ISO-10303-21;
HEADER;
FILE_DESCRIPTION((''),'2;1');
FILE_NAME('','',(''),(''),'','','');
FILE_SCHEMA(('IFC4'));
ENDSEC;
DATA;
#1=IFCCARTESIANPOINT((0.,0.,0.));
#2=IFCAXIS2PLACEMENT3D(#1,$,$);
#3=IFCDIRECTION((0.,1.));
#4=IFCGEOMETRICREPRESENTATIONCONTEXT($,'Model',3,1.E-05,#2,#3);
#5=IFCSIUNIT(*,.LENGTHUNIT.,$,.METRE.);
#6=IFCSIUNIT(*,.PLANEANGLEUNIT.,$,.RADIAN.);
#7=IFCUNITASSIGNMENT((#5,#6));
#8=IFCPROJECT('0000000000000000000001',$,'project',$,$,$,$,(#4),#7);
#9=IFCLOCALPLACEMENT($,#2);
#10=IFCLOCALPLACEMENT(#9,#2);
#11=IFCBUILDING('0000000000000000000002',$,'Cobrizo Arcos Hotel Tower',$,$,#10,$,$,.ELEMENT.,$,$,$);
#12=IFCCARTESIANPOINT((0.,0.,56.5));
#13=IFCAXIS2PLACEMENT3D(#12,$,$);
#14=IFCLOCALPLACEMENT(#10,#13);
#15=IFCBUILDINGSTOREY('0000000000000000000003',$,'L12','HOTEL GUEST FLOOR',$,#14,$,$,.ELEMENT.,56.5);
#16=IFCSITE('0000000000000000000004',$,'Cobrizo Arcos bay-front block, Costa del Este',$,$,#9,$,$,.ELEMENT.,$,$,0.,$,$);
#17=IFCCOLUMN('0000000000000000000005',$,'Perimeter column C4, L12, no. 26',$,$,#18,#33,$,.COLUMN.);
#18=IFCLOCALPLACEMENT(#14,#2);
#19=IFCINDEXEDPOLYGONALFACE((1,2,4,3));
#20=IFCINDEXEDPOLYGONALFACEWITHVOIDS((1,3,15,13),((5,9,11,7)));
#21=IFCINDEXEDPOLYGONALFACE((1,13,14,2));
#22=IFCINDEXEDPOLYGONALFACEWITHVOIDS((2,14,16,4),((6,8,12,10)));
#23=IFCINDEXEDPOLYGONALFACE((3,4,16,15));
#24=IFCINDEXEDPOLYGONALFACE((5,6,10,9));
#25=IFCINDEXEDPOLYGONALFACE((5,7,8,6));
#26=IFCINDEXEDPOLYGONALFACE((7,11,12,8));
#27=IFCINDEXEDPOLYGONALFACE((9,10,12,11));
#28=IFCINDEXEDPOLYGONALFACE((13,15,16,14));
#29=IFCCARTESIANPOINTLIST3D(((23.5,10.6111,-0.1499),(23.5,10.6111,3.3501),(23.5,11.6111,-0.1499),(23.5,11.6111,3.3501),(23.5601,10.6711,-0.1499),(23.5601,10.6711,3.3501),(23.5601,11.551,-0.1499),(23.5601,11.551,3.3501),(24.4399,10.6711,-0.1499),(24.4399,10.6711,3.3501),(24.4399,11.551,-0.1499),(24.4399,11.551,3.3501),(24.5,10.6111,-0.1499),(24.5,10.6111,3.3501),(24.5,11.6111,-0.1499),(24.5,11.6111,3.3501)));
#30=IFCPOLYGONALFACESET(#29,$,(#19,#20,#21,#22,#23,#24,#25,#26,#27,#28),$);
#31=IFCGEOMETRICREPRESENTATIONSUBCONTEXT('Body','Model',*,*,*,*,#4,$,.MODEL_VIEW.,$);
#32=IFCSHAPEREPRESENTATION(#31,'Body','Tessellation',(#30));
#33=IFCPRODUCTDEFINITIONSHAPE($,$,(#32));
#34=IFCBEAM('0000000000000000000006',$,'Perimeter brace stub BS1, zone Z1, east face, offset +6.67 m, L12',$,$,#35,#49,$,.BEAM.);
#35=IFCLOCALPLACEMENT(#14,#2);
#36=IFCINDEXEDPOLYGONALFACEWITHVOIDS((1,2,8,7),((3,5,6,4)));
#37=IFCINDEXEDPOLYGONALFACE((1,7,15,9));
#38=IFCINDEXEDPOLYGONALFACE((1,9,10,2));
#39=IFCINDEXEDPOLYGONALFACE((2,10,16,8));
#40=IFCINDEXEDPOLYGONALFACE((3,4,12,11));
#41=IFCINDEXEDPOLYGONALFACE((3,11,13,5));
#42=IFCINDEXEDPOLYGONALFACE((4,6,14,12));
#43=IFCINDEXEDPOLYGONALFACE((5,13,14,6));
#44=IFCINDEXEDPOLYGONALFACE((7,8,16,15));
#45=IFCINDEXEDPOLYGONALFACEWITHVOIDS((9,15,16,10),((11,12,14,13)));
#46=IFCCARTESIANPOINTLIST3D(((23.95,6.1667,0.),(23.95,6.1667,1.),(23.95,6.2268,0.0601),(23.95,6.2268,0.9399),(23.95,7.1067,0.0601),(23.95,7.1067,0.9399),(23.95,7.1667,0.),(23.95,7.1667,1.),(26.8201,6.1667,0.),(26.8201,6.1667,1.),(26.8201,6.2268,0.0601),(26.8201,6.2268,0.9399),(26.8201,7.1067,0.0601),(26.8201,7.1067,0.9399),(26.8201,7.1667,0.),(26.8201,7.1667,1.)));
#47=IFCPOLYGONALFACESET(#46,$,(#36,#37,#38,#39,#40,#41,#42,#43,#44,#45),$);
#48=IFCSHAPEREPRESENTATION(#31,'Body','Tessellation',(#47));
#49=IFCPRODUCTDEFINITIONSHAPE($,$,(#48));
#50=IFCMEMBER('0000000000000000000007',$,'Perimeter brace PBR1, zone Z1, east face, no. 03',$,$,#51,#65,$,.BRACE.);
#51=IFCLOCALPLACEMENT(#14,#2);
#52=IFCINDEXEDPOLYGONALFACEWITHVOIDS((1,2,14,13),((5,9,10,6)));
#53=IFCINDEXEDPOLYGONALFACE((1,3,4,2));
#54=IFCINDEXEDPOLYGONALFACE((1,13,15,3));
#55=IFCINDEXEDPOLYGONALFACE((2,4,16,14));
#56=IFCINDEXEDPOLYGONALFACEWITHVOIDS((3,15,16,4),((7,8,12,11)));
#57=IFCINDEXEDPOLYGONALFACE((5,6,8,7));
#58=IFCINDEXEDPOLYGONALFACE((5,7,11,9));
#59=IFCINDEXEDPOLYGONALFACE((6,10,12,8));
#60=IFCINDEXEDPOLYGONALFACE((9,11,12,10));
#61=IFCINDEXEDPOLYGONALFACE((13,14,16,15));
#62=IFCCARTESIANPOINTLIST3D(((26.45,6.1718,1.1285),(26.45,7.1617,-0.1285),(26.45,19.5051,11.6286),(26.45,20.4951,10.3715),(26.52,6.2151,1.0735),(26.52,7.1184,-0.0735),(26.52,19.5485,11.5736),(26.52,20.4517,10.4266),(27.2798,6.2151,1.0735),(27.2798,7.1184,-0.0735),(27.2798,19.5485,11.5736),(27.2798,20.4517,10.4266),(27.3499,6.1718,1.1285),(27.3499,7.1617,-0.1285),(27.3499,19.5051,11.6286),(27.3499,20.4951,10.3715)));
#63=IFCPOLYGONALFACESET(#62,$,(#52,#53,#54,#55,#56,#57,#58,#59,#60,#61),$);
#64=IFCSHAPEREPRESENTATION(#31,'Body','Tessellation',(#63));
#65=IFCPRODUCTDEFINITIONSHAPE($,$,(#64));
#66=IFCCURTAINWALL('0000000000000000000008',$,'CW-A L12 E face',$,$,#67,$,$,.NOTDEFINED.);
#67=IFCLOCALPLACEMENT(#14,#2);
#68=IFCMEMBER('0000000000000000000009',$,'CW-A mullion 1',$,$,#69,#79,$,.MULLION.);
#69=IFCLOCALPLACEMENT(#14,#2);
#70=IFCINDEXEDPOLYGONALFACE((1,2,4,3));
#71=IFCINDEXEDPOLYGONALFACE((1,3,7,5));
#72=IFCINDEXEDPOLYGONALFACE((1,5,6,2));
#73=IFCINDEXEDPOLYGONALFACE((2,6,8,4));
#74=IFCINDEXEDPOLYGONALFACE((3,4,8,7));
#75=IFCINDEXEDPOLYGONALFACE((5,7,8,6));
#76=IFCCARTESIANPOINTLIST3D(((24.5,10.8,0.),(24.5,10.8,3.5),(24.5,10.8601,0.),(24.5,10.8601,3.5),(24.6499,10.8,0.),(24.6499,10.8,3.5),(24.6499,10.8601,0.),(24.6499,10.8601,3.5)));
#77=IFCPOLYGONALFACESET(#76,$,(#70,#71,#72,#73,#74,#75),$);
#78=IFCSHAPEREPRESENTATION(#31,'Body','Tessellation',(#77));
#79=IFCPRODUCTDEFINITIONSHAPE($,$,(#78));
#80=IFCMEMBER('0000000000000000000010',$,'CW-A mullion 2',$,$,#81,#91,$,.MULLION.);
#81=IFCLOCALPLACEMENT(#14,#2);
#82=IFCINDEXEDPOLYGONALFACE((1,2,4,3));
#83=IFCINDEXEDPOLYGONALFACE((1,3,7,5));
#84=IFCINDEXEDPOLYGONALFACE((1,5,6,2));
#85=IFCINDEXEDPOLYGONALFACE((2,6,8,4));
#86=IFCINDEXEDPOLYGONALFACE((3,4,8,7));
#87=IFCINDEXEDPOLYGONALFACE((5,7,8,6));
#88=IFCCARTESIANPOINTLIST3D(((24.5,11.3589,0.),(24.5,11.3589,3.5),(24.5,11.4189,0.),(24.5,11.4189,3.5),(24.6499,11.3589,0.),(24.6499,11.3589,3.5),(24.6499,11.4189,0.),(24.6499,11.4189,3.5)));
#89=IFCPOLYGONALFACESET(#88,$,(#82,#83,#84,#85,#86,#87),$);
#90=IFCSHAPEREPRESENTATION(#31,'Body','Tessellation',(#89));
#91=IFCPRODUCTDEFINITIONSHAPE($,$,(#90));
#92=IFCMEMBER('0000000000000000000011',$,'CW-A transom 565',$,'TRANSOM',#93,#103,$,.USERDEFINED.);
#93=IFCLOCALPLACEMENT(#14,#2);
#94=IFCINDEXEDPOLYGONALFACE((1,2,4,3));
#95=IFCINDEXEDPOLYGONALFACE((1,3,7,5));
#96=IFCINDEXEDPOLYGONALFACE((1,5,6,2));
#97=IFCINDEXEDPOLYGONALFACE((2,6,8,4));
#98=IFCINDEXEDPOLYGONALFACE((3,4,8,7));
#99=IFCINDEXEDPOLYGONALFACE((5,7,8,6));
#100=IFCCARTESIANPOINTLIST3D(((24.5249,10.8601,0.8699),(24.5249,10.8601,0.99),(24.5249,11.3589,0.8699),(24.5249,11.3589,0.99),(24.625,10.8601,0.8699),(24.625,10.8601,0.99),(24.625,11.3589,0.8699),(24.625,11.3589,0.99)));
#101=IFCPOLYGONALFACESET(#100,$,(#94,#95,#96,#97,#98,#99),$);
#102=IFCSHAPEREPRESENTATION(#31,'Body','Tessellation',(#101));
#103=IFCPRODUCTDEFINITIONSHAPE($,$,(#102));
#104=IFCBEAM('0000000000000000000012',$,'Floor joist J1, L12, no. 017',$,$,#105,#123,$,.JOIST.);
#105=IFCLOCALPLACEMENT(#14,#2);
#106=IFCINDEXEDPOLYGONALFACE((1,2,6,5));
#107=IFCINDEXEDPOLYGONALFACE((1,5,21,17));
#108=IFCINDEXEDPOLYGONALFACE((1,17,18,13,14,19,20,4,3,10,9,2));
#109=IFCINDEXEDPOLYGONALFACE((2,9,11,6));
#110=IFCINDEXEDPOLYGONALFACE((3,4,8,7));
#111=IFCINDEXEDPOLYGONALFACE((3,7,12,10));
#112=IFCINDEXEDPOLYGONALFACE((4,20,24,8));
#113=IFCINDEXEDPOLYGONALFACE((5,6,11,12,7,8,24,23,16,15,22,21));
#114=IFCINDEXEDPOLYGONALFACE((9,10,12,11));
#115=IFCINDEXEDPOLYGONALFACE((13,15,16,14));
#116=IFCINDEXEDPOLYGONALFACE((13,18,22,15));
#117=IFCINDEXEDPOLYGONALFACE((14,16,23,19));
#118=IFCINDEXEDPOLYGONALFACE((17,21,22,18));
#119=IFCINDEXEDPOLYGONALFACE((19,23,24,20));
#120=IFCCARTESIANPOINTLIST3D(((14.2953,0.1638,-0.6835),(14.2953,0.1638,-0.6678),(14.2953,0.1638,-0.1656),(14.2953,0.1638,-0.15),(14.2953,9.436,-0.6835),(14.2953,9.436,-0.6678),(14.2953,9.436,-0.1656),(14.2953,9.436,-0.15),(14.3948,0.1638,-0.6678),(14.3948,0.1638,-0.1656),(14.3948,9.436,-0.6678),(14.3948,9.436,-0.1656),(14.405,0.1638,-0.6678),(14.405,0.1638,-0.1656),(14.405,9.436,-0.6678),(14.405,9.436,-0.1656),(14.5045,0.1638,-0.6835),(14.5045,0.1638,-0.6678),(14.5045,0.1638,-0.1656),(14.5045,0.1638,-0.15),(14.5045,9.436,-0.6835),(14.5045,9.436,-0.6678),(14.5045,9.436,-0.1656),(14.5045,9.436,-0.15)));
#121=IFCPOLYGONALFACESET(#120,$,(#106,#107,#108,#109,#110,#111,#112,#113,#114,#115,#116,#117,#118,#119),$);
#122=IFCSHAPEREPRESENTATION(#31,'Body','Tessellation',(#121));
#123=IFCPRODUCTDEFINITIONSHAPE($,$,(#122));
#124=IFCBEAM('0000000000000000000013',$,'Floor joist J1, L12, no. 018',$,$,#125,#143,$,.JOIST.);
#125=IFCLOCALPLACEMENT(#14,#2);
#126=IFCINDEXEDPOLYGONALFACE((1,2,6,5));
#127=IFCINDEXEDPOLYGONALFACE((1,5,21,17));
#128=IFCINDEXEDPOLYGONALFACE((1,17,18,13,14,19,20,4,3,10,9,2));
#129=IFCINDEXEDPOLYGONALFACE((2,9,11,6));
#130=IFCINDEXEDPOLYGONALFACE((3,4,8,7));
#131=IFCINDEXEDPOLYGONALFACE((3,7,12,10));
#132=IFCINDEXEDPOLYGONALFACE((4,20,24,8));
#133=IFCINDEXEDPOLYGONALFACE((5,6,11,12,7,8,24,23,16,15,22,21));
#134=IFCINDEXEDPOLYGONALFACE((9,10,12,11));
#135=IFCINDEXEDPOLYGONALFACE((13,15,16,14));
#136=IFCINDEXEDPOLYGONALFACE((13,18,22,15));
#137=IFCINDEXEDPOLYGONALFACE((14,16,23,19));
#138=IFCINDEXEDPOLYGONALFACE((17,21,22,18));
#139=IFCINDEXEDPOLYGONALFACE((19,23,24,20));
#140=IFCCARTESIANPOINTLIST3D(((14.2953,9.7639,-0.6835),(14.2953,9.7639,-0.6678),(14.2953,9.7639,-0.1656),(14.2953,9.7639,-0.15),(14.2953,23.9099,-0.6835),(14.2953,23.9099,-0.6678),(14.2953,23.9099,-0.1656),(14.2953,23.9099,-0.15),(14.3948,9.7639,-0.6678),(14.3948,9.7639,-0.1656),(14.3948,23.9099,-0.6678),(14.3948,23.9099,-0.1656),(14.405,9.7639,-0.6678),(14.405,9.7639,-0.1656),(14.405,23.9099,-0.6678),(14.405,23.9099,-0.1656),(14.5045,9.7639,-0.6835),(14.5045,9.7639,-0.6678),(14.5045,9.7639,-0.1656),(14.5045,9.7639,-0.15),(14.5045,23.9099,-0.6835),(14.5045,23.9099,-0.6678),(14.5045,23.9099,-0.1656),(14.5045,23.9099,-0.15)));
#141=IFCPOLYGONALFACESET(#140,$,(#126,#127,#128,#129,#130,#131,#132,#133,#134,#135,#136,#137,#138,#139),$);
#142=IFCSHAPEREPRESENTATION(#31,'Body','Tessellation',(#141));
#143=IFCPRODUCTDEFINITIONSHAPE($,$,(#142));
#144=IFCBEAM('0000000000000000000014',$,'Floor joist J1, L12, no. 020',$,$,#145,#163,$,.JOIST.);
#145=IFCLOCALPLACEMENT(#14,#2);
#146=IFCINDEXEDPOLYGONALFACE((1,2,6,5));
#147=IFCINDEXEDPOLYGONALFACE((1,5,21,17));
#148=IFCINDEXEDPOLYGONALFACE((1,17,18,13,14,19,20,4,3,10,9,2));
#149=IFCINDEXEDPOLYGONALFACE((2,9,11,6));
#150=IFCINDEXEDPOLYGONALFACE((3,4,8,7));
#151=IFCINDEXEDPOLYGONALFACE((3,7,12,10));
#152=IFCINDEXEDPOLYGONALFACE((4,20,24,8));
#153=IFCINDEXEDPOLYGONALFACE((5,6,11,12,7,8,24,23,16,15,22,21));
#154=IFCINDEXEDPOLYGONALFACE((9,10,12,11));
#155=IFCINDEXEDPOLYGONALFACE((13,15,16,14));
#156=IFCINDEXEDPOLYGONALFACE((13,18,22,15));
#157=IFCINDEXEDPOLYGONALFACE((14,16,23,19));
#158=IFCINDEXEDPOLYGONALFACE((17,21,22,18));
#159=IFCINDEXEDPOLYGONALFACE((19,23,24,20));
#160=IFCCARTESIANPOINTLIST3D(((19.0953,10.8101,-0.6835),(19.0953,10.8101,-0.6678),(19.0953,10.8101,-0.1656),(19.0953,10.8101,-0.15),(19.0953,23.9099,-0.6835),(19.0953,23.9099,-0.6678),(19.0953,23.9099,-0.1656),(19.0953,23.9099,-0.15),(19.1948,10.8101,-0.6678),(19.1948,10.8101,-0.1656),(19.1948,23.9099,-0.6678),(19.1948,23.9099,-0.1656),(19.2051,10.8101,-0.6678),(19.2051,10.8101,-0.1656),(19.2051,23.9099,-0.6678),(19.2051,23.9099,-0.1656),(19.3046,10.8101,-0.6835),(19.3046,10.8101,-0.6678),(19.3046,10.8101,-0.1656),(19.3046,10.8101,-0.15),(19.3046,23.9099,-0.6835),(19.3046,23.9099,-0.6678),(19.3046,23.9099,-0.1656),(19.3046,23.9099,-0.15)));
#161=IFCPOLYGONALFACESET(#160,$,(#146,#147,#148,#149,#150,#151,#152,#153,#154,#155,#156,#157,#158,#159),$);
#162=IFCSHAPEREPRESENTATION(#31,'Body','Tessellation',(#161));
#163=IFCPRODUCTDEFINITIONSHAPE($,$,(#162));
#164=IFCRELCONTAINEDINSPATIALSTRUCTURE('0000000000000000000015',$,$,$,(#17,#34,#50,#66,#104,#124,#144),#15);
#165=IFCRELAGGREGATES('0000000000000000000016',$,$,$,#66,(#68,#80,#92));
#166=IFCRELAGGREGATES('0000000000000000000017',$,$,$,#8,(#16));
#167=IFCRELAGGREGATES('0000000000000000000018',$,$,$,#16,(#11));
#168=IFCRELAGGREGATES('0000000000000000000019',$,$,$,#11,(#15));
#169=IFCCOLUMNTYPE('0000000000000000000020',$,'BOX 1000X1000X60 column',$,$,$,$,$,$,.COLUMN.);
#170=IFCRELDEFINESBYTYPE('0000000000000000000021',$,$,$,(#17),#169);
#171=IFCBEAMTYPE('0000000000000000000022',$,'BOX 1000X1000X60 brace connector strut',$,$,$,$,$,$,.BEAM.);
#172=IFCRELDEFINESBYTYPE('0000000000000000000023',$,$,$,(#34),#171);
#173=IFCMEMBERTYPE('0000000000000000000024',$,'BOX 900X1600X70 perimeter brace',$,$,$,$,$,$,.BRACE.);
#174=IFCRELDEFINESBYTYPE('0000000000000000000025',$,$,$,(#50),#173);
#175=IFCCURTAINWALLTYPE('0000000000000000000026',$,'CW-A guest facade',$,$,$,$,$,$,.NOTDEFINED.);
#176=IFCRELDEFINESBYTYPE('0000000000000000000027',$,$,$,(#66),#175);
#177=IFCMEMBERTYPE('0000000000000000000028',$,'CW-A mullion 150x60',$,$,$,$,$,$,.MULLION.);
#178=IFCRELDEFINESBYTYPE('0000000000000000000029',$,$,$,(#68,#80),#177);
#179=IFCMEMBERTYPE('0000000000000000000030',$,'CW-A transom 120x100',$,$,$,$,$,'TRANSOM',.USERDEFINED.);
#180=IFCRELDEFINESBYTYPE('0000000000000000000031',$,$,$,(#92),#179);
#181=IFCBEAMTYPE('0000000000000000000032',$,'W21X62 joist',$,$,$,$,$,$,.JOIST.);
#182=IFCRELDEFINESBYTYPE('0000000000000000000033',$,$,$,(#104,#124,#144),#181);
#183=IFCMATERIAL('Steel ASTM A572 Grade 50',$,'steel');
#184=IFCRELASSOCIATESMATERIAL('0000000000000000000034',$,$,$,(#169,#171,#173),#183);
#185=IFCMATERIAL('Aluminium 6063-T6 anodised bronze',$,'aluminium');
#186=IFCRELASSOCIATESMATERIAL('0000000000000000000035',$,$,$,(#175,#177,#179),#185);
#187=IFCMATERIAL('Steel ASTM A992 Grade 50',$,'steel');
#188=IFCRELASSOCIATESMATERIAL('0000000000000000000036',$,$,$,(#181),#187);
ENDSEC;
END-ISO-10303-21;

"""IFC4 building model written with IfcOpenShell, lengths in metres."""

from ifc_helpers import new_model, si_unit, direction, frame, origin, origin_2d, place, context, subcontext, project, spatial, rectangle, hollow_rectangle, i_section, extrude, material, material_profile, profile_set, type_object, element, aggregate, save


model = new_model("IFC4")

# Units and contexts
model_context = context("Model", 3, precision=1e-05, world=origin(), true_north=direction((0.0, 1.0)))
body_context = subcontext(model_context, "Body", "Model", "MODEL_VIEW")
ifc_project = project(units=[si_unit("LENGTHUNIT", "METRE"), si_unit("PLANEANGLEUNIT", "RADIAN")], contexts=[model_context])

# Site, building, storey
site_placement = place(None, origin())
site = spatial("IfcSite", under=ifc_project, at=site_placement, Name="Cobrizo Arcos bay-front block, Costa del Este", CompositionType="ELEMENT", RefElevation=0.0)
building_placement = place(site_placement, origin())
building = spatial("IfcBuilding", under=site, at=building_placement, Name="Cobrizo Arcos Hotel Tower", CompositionType="ELEMENT")
storey_placement = place(building_placement, frame((0.0, 0.0, 56.5)))
storey = spatial("IfcBuildingStorey", under=building, at=storey_placement, Name="L12", Description="HOTEL GUEST FLOOR", CompositionType="ELEMENT", Elevation=56.5)

# Column
ifc_material_1 = material(Name="Steel ASTM A572 Grade 50", Category="steel")
ifc_material_profile_1 = material_profile(ifc_material_1, hollow_rectangle(XDim=1.0, YDim=1.0, WallThickness=0.0601, at=origin_2d()), Name="BOX 1000X1000X60")
ifc_profile_set_1 = profile_set([ifc_material_profile_1], Name="Steel ASTM A572 Grade 50")
column_type = type_object("IfcColumnType", Name="BOX 1000X1000X60 column", PredefinedType="COLUMN", material=ifc_profile_set_1)
column_placement = place(storey_placement, frame((24.0, 11.1111, -0.1499), z_axis=(0.0, 0.0, 1.0), x_axis=(1.0, 0.0, 0.0)))
element("IfcColumn", 1, at=column_placement, inside=storey, type_object=column_type, Name="Perimeter column C4, L12, no. 26", PredefinedType="COLUMN", context=body_context, shape_type="SweptSolid", body=[
    extrude(hollow_rectangle(XDim=1.0, YDim=1.0, WallThickness=0.0601, at=origin_2d()), origin(), (0.0, 0.0, 1.0), 3.5),
])

# Beam
ifc_material_profile_2 = material_profile(ifc_material_1, hollow_rectangle(XDim=1.0, YDim=1.0, WallThickness=0.0601, at=origin_2d()), Name="BOX 1000X1000X60")
ifc_profile_set_2 = profile_set([ifc_material_profile_2], Name="Steel ASTM A572 Grade 50")
beam_type_1 = type_object("IfcBeamType", Name="BOX 1000X1000X60 brace connector strut", PredefinedType="BEAM", material=ifc_profile_set_2)
beam_1_placement = place(storey_placement, frame((23.95, 6.6667, 0.5), z_axis=(1.0, 0.0, 0.0), x_axis=(0.0, 1.0, 0.0)))
element("IfcBeam", 2, at=beam_1_placement, inside=storey, type_object=beam_type_1, Name="Perimeter brace stub BS1, zone Z1, east face, offset +6.67 m, L12", PredefinedType="BEAM", context=body_context, shape_type="SweptSolid", body=[
    extrude(hollow_rectangle(XDim=1.0, YDim=1.0, WallThickness=0.0601, at=origin_2d()), origin(), (0.0, 0.0, 1.0), 2.8701),
])

# Member
ifc_material_profile_3 = material_profile(ifc_material_1, hollow_rectangle(XDim=0.8999, YDim=1.6001, WallThickness=0.0701, at=origin_2d()), Name="BOX 900X1600X70")
ifc_profile_set_3 = profile_set([ifc_material_profile_3], Name="Steel ASTM A572 Grade 50")
member_type_1 = type_object("IfcMemberType", Name="BOX 900X1600X70 perimeter brace", PredefinedType="BRACE", material=ifc_profile_set_3)
member_1_placement = place(storey_placement, frame((26.8999, 6.6667, 0.5), z_axis=(0.0, 0.785634, 0.618691), x_axis=(-1.0, 0.0, 0.0)))
element("IfcMember", 3, at=member_1_placement, inside=storey, type_object=member_type_1, Name="Perimeter brace PBR1, zone Z1, east face, no. 03", PredefinedType="BRACE", context=body_context, shape_type="SweptSolid", body=[
    extrude(hollow_rectangle(XDim=0.8999, YDim=1.6001, WallThickness=0.0701, at=origin_2d()), origin(), (0.0, 0.0, 1.0), 16.9714),
])

# Curtain wall, members
ifc_material_2 = material(Name="Aluminium 6063-T6 anodised bronze", Category="aluminium")
curtain_wall_type = type_object("IfcCurtainWallType", Name="CW-A guest facade", PredefinedType="NOTDEFINED", material=ifc_material_2)
curtain_wall_placement = place(storey_placement, origin())
curtain_wall = element("IfcCurtainWall", 4, at=curtain_wall_placement, inside=storey, type_object=curtain_wall_type, Name="CW-A L12 E face", PredefinedType="NOTDEFINED")
ifc_material_profile_4 = material_profile(ifc_material_2, rectangle(XDim=0.1499, YDim=0.0601, at=origin_2d()), Name="CW-A mullion 150x60")
ifc_profile_set_4 = profile_set([ifc_material_profile_4], Name="Aluminium 6063-T6 anodised bronze")
member_type_2 = type_object("IfcMemberType", Name="CW-A mullion 150x60", PredefinedType="MULLION", material=ifc_profile_set_4)
member_2_placement = place(storey_placement, frame((24.575, 10.8301, 0.0), z_axis=(0.0, 0.0, 1.0), x_axis=(1.0, 0.0, 0.0)))
member_2 = element("IfcMember", 5, at=member_2_placement, type_object=member_type_2, Name="CW-A mullion 1", PredefinedType="MULLION", context=body_context, shape_type="SweptSolid", body=[
    extrude(rectangle(XDim=0.1499, YDim=0.0601, at=origin_2d()), origin(), (0.0, 0.0, 1.0), 3.5),
])
member_3_placement = place(storey_placement, frame((24.575, 11.3889, 0.0), z_axis=(0.0, 0.0, 1.0), x_axis=(1.0, 0.0, 0.0)))
member_3 = element("IfcMember", 6, at=member_3_placement, type_object=member_type_2, Name="CW-A mullion 2", PredefinedType="MULLION", context=body_context, shape_type="SweptSolid", body=[
    extrude(rectangle(XDim=0.1499, YDim=0.0601, at=origin_2d()), origin(), (0.0, 0.0, 1.0), 3.5),
])
ifc_material_profile_5 = material_profile(ifc_material_2, rectangle(XDim=0.1001, YDim=0.1201, at=origin_2d()), Name="CW-A transom 120x100")
ifc_profile_set_5 = profile_set([ifc_material_profile_5], Name="Aluminium 6063-T6 anodised bronze")
member_type_3 = type_object("IfcMemberType", Name="CW-A transom 120x100", ElementType="TRANSOM", PredefinedType="USERDEFINED", material=ifc_profile_set_5)
member_4_placement = place(storey_placement, frame((24.575, 10.8601, 0.9299), z_axis=(0.0, 1.0, 0.0), x_axis=(-1.0, 0.0, 0.0)))
member_4 = element("IfcMember", 7, at=member_4_placement, type_object=member_type_3, Name="CW-A transom 565", ObjectType="TRANSOM", PredefinedType="USERDEFINED", context=body_context, shape_type="SweptSolid", body=[
    extrude(rectangle(XDim=0.1001, YDim=0.1201, at=origin_2d()), origin(), (0.0, 0.0, 1.0), 0.4988),
])

# Beams
ifc_material_3 = material(Name="Steel ASTM A992 Grade 50", Category="steel")
ifc_material_profile_6 = material_profile(ifc_material_3, i_section(OverallWidth=0.2092, OverallDepth=0.5334, WebThickness=0.0103, FlangeThickness=0.0156, at=origin_2d()), Name="W21X62")
ifc_profile_set_6 = profile_set([ifc_material_profile_6], Name="Steel ASTM A992 Grade 50")
beam_type_2 = type_object("IfcBeamType", Name="W21X62 joist", PredefinedType="JOIST", material=ifc_profile_set_6)
beam_2_placement = place(storey_placement, frame((14.3999, 0.1638, -0.4167), z_axis=(0.0, 1.0, 0.0), x_axis=(-1.0, 0.0, 0.0)))
element("IfcBeam", 8, at=beam_2_placement, inside=storey, type_object=beam_type_2, Name="Floor joist J1, L12, no. 017", PredefinedType="JOIST", context=body_context, shape_type="SweptSolid", body=[
    extrude(i_section(OverallWidth=0.2092, OverallDepth=0.5334, WebThickness=0.0103, FlangeThickness=0.0156, at=origin_2d()), origin(), (0.0, 0.0, 1.0), 9.2722),
])
beam_3_placement = place(storey_placement, frame((14.3999, 9.7639, -0.4167), z_axis=(0.0, 1.0, 0.0), x_axis=(-1.0, 0.0, 0.0)))
element("IfcBeam", 9, at=beam_3_placement, inside=storey, type_object=beam_type_2, Name="Floor joist J1, L12, no. 018", PredefinedType="JOIST", context=body_context, shape_type="SweptSolid", body=[
    extrude(i_section(OverallWidth=0.2092, OverallDepth=0.5334, WebThickness=0.0103, FlangeThickness=0.0156, at=origin_2d()), origin(), (0.0, 0.0, 1.0), 14.146),
])
beam_4_placement = place(storey_placement, frame((19.2, 10.8101, -0.4167), z_axis=(0.0, 1.0, 0.0), x_axis=(-1.0, 0.0, 0.0)))
element("IfcBeam", 10, at=beam_4_placement, inside=storey, type_object=beam_type_2, Name="Floor joist J1, L12, no. 020", PredefinedType="JOIST", context=body_context, shape_type="SweptSolid", body=[
    extrude(i_section(OverallWidth=0.2092, OverallDepth=0.5334, WebThickness=0.0103, FlangeThickness=0.0156, at=origin_2d()), origin(), (0.0, 0.0, 1.0), 13.0999),
])

aggregate(curtain_wall, [member_2, member_3, member_4])

save(model, "model.ifc")
